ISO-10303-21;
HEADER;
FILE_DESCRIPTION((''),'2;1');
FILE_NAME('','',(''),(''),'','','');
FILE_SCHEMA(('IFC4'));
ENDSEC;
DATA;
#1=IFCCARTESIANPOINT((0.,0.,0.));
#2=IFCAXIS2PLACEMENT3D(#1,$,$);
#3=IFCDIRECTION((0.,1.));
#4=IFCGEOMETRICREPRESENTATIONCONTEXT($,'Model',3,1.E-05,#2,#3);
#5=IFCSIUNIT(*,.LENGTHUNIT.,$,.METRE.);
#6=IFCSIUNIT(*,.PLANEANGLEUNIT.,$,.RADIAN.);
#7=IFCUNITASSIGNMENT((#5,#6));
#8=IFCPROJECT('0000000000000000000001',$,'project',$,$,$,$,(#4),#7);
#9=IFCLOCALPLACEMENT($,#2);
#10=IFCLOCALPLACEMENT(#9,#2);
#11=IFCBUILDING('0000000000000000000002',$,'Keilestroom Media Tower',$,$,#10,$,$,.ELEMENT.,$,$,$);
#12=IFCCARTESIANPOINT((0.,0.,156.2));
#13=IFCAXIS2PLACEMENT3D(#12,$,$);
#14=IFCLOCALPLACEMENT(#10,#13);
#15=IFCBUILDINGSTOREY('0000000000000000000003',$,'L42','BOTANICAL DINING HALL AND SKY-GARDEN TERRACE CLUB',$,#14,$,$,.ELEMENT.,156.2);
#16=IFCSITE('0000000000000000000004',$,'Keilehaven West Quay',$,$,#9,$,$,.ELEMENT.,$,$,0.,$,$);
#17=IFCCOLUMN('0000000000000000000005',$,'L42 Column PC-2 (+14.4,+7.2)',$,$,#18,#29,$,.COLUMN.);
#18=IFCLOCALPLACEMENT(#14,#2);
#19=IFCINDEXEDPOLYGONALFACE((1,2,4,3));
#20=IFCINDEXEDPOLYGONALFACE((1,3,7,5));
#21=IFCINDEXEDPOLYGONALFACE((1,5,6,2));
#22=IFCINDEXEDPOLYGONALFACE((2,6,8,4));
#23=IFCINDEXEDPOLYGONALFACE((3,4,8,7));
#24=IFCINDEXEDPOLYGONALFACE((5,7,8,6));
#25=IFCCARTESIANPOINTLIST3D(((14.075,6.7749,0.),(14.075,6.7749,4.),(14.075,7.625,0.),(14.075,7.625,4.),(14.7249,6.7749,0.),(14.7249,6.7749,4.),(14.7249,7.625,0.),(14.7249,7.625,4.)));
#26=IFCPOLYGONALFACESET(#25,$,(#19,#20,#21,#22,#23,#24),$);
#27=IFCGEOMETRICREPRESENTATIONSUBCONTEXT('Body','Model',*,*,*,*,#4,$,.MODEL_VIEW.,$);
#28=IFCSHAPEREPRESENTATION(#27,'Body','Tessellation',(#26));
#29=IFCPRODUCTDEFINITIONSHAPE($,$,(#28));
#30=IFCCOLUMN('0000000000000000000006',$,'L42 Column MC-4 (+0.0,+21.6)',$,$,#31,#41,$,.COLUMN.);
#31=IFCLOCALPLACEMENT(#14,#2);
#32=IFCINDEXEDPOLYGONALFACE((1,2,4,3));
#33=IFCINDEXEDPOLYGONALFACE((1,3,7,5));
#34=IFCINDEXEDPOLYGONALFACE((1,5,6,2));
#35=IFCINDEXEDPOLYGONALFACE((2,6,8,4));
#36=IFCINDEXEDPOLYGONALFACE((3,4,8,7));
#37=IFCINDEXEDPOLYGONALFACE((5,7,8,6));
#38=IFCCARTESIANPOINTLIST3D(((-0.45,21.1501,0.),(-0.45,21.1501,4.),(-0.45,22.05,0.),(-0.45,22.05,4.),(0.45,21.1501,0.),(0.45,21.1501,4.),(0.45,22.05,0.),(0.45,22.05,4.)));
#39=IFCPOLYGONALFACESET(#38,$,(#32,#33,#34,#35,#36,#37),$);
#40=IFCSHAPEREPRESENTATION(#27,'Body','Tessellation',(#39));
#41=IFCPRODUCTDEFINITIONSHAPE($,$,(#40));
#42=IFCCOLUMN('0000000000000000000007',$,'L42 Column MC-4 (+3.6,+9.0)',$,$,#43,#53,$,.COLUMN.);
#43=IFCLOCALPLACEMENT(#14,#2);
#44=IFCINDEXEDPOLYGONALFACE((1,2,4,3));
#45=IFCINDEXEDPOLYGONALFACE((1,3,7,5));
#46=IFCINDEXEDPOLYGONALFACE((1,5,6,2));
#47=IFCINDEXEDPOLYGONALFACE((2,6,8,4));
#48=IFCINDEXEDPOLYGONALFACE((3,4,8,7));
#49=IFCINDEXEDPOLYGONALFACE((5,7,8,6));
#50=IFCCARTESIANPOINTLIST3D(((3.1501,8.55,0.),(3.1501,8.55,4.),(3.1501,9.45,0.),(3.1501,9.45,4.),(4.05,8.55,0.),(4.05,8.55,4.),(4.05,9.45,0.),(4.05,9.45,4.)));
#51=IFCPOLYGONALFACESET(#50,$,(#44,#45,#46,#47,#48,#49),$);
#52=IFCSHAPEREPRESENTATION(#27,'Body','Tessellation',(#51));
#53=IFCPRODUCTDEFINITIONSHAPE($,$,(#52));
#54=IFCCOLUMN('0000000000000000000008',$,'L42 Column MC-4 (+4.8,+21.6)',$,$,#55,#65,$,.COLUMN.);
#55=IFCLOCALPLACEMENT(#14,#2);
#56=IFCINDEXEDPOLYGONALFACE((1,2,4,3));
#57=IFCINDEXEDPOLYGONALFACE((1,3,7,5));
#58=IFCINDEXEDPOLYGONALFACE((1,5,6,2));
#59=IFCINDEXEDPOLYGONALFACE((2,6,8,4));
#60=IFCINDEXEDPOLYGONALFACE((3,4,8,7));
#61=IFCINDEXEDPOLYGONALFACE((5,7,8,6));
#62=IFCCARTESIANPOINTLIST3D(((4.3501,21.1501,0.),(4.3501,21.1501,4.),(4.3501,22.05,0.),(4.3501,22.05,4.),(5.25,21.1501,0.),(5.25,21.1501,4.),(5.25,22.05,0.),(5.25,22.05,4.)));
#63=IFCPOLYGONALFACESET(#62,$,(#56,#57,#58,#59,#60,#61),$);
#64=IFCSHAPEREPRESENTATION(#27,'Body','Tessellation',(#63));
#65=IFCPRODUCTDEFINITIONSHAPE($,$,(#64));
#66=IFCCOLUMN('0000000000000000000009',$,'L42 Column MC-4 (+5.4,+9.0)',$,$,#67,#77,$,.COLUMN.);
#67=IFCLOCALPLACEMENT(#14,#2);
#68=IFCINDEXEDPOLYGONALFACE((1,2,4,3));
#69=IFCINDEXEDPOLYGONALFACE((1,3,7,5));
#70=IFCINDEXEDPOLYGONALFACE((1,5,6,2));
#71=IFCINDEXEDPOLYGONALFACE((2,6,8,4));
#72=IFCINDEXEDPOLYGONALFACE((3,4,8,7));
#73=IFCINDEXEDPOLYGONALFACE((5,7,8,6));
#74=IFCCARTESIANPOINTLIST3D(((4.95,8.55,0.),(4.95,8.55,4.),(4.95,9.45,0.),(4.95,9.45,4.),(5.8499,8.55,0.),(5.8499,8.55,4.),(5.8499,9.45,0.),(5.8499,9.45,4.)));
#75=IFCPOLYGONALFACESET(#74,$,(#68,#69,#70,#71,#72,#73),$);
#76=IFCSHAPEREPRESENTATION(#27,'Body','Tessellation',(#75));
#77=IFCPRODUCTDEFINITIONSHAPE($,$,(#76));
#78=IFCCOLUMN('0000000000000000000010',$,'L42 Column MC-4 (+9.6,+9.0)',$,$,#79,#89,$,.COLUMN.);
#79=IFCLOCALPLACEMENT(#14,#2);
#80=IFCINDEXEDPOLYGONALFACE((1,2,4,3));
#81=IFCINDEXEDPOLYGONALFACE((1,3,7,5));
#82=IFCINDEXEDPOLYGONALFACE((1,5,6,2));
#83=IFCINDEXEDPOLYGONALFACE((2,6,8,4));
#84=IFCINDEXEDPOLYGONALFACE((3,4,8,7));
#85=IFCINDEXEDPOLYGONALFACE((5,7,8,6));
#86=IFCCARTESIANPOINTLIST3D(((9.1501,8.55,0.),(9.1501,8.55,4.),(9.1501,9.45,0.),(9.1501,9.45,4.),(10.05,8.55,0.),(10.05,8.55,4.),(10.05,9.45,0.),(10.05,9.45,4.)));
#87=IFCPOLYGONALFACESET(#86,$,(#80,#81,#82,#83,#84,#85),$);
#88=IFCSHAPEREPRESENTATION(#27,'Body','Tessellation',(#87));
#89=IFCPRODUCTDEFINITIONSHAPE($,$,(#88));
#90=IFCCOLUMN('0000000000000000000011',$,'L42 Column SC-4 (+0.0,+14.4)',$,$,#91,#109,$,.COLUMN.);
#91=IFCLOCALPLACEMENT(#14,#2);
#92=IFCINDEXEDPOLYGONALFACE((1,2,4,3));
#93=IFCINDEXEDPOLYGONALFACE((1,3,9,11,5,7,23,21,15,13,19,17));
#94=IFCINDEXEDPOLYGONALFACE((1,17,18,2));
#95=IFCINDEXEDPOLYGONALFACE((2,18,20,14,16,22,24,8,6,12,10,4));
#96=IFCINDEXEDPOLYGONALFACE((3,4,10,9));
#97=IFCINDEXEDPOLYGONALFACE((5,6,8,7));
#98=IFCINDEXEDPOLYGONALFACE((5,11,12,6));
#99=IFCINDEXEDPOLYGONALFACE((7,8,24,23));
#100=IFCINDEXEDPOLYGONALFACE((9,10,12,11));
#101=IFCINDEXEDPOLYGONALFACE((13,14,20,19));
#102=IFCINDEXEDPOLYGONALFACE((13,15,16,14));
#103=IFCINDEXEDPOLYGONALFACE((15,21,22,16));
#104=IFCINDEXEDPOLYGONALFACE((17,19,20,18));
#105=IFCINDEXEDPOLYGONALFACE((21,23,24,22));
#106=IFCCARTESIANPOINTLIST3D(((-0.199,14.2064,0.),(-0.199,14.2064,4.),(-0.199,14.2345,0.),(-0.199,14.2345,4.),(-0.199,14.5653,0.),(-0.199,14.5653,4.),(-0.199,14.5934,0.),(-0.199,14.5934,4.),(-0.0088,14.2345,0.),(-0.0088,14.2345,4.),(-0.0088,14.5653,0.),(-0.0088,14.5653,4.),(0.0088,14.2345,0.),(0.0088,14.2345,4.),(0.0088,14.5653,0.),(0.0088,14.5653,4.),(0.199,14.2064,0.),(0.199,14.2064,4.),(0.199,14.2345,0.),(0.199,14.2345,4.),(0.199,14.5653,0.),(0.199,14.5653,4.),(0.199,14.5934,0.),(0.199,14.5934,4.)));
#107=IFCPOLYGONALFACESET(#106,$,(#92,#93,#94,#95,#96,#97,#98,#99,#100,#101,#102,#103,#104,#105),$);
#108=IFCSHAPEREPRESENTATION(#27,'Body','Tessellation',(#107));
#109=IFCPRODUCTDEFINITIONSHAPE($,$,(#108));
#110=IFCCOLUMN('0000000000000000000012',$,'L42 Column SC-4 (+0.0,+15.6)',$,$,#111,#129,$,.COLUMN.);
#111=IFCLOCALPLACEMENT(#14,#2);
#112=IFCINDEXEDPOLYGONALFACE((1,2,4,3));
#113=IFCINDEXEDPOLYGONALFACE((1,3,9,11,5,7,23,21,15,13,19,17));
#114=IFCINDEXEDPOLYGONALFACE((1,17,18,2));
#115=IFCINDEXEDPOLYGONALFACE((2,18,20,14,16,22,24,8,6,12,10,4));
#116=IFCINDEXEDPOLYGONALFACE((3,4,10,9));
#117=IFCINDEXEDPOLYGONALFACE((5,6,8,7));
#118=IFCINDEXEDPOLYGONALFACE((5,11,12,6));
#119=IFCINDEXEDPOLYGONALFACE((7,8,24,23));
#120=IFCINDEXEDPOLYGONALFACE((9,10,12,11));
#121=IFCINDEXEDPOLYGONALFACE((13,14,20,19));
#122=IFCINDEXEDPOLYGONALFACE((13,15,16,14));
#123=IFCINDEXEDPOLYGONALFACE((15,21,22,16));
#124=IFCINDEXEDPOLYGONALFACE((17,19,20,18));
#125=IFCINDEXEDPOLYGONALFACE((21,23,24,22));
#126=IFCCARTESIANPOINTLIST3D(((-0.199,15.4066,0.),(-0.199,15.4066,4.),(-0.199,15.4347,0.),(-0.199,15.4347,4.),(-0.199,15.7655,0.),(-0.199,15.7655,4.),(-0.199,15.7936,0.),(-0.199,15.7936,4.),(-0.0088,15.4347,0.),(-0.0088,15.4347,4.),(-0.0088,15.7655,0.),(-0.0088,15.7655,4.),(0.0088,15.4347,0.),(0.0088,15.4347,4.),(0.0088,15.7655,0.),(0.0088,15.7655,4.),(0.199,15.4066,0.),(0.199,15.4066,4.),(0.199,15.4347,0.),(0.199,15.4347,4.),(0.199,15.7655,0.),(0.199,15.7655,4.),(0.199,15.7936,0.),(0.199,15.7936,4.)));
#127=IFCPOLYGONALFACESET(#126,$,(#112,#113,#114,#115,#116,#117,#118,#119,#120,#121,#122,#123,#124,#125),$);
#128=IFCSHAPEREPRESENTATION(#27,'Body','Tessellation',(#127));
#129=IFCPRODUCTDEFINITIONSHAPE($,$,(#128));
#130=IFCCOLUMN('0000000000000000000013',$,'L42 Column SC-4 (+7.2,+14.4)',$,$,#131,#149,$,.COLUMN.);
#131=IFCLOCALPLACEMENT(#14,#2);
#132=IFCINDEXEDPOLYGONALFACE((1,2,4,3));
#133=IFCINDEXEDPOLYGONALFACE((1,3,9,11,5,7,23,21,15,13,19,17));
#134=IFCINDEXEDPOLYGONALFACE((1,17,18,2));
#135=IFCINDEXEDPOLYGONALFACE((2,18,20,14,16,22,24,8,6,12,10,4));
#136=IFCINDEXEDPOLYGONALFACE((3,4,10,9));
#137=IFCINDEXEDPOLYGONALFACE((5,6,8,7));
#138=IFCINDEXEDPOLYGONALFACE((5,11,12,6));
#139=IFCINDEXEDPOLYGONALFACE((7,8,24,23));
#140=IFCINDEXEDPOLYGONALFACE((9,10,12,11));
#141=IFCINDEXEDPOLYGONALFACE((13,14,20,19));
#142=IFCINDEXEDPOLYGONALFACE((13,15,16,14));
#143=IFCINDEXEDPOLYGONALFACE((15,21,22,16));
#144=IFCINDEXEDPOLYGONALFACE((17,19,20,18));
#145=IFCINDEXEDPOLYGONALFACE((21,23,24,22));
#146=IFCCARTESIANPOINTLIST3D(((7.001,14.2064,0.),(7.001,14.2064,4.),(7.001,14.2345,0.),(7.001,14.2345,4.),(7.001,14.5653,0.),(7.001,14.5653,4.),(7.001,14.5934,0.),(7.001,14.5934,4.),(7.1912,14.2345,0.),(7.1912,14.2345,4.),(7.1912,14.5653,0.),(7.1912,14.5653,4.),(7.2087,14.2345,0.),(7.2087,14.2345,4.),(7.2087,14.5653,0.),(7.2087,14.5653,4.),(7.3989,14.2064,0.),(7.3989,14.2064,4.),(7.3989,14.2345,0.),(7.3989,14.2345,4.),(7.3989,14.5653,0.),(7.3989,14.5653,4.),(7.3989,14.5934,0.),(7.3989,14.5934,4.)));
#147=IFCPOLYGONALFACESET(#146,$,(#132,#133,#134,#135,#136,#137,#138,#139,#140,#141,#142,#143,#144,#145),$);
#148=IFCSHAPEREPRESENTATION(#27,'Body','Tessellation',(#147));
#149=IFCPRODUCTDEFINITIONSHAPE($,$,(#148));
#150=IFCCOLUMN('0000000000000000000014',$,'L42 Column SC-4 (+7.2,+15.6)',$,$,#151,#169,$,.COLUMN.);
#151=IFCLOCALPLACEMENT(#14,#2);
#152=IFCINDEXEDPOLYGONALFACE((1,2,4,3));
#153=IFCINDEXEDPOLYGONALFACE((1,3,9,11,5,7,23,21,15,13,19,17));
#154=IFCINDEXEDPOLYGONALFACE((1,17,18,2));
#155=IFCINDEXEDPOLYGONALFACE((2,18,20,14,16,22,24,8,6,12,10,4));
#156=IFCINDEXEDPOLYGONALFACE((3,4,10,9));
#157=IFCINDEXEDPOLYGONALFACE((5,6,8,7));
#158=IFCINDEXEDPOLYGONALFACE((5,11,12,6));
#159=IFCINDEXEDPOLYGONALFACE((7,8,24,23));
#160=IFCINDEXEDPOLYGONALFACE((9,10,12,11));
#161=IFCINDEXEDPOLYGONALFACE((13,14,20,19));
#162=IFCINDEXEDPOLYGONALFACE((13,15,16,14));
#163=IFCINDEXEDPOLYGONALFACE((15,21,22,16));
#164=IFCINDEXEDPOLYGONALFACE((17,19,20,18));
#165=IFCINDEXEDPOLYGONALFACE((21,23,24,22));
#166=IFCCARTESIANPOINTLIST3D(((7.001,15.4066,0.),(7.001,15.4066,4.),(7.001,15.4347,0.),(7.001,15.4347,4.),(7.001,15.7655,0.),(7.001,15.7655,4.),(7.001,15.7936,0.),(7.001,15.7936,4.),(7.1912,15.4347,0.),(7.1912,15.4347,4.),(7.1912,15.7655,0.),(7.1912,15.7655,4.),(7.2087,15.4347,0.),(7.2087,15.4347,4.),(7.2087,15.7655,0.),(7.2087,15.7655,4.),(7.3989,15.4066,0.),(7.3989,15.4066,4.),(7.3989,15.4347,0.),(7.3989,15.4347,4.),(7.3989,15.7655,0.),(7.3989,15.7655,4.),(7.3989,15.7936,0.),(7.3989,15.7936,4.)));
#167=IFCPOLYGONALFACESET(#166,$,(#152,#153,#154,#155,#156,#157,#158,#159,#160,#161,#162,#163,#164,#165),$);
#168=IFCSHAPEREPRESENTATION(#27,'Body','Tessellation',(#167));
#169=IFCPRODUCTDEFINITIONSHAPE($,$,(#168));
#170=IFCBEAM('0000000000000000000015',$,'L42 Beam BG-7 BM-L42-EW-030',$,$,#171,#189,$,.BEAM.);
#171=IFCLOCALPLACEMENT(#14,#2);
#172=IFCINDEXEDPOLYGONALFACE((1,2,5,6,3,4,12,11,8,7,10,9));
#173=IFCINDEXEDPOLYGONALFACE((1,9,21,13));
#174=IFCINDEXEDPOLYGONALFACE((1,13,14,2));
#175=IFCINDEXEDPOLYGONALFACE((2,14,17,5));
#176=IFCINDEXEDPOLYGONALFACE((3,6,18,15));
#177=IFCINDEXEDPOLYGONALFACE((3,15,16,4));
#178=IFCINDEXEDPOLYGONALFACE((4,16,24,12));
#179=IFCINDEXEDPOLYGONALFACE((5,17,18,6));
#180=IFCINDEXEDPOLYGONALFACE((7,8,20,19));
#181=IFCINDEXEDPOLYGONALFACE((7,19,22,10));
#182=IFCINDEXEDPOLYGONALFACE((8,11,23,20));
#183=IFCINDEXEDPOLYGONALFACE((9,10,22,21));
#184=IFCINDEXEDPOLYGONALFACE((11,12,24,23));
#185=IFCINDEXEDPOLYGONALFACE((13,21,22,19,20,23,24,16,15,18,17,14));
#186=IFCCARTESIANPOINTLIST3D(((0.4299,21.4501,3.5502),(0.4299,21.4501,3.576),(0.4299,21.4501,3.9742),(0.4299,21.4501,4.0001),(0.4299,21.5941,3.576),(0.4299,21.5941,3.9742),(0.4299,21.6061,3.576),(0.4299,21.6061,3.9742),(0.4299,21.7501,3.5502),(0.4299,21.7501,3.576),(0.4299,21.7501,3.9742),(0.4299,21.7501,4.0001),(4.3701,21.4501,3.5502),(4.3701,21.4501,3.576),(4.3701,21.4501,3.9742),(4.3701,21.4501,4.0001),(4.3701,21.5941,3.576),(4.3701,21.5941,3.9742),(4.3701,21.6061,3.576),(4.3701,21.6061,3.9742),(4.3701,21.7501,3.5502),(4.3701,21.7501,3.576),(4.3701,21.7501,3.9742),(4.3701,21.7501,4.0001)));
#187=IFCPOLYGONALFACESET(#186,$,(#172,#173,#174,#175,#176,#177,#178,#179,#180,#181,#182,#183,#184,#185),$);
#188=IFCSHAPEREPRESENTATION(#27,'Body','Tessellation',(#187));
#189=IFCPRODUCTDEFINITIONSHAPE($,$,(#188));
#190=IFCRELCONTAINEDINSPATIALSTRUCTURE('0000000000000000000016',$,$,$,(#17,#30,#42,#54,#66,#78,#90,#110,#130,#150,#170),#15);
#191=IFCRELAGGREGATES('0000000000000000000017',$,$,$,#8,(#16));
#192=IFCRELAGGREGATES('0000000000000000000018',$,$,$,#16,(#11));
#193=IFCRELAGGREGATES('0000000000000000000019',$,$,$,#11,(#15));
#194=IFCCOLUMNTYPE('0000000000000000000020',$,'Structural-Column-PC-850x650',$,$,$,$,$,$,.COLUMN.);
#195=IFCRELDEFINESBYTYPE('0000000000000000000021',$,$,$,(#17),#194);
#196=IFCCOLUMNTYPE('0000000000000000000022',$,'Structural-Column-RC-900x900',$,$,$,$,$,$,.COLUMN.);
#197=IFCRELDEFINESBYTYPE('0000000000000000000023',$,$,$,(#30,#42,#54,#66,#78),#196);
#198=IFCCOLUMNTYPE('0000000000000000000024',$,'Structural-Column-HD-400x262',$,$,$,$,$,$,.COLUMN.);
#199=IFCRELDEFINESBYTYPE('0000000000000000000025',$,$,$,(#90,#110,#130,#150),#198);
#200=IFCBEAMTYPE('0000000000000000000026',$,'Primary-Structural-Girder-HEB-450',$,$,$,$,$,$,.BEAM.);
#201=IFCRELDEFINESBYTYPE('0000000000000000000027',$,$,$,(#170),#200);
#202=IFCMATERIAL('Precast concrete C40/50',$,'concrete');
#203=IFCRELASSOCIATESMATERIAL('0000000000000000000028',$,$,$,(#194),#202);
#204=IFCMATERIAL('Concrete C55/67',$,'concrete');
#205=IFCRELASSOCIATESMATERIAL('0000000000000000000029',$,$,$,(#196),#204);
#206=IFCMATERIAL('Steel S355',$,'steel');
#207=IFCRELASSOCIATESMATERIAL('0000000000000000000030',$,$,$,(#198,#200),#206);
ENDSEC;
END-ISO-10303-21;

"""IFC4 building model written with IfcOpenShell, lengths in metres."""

from ifc_helpers import new_model, si_unit, direction, frame, origin, origin_2d, place, context, subcontext, project, spatial, rectangle, i_section, extrude, source, transform, mapped, material, material_profile, profile_set, type_object, element, save


model = new_model("IFC4")

# Units and contexts
model_context = context("Model", 3, precision=1e-05, world=origin(), true_north=direction((0.0, 1.0)))
body_context = subcontext(model_context, "Body", "Model", "MODEL_VIEW")
ifc_project = project(units=[si_unit("LENGTHUNIT", "METRE"), si_unit("PLANEANGLEUNIT", "RADIAN")], contexts=[model_context])

# Site, building, storey
site_placement = place(None, origin())
site = spatial("IfcSite", under=ifc_project, at=site_placement, Name="Keilehaven West Quay", CompositionType="ELEMENT", RefElevation=0.0)
building_placement = place(site_placement, origin())
building = spatial("IfcBuilding", under=site, at=building_placement, Name="Keilestroom Media Tower", CompositionType="ELEMENT")
storey_placement = place(building_placement, frame((0.0, 0.0, 156.2)))
storey = spatial("IfcBuildingStorey", under=building, at=storey_placement, Name="L42", Description="BOTANICAL DINING HALL AND SKY-GARDEN TERRACE CLUB", CompositionType="ELEMENT", Elevation=156.2)

# Columns
ifc_material_1 = material(Name="Precast concrete C40/50", Category="concrete")
ifc_material_profile_1 = material_profile(ifc_material_1, rectangle(XDim=0.6499, YDim=0.8501, at=origin_2d()), Name="PC 850x650")
ifc_profile_set_1 = profile_set([ifc_material_profile_1], Name="Precast concrete C40/50")
column_type_1 = type_object("IfcColumnType", Name="Structural-Column-PC-850x650", PredefinedType="COLUMN", material=ifc_profile_set_1)
shared_shape_1 = source(origin(), body_context, "Body", "SweptSolid", [
    extrude(rectangle(XDim=0.6499, YDim=0.8501, at=origin_2d()), origin(), (0.0, 0.0, 1.0), 4.0),
])
column_placement = place(storey_placement, frame((14.3999, 7.2, 0.0), z_axis=(0.0, 0.0, 1.0), x_axis=(1.0, 0.0, 0.0)))
element("IfcColumn", 1, at=column_placement, inside=storey, type_object=column_type_1, Name="L42 Column PC-2 (+14.4,+7.2)", PredefinedType="COLUMN", context=body_context, shape_type="MappedRepresentation", body=[
    mapped(shared_shape_1, transform((0.0, 0.0, 0.0), x_axis=(1.0, 0.0, 0.0), y_axis=(0.0, 1.0, 0.0), z_axis=(0.0, 0.0, 1.0), scale=1.0)),
])
ifc_material_2 = material(Name="Concrete C55/67", Category="concrete")
ifc_material_profile_2 = material_profile(ifc_material_2, rectangle(XDim=0.8999, YDim=0.8999, at=origin_2d()), Name="RC 900x900")
ifc_profile_set_2 = profile_set([ifc_material_profile_2], Name="Concrete C55/67")
column_type_2 = type_object("IfcColumnType", Name="Structural-Column-RC-900x900", PredefinedType="COLUMN", material=ifc_profile_set_2)
shared_shape_2 = source(origin(), body_context, "Body", "SweptSolid", [
    extrude(rectangle(XDim=0.8999, YDim=0.8999, at=origin_2d()), origin(), (0.0, 0.0, 1.0), 4.0),
])
for number, where, z_axis, x_axis, name in (
    (2, (0.0, 21.6001, 0.0), (0.0, 0.0, 1.0), (1.0, 0.0, 0.0), "L42 Column MC-4 (+0.0,+21.6)"),
    (3, (3.6001, 9.0, 0.0), (0.0, 0.0, 1.0), (1.0, 0.0, 0.0), "L42 Column MC-4 (+3.6,+9.0)"),
    (4, (4.8, 21.6001, 0.0), (0.0, 0.0, 1.0), (1.0, 0.0, 0.0), "L42 Column MC-4 (+4.8,+21.6)"),
    (5, (5.3999, 9.0, 0.0), (0.0, 0.0, 1.0), (1.0, 0.0, 0.0), "L42 Column MC-4 (+5.4,+9.0)"),
    (6, (9.6001, 9.0, 0.0), (0.0, 0.0, 1.0), (1.0, 0.0, 0.0), "L42 Column MC-4 (+9.6,+9.0)"),
):
    element("IfcColumn", number, at=place(storey_placement, frame(where, z_axis=z_axis, x_axis=x_axis)), inside=storey, type_object=column_type_2, Name=name, PredefinedType="COLUMN", context=body_context, shape_type="MappedRepresentation", body=[
        mapped(shared_shape_2, transform((0.0, 0.0, 0.0), x_axis=(1.0, 0.0, 0.0), y_axis=(0.0, 1.0, 0.0), z_axis=(0.0, 0.0, 1.0), scale=1.0)),
    ])
ifc_material_3 = material(Name="Steel S355", Category="steel")
ifc_material_profile_3 = material_profile(ifc_material_3, i_section(OverallWidth=0.3979, OverallDepth=0.387, WebThickness=0.0176, FlangeThickness=0.0281, at=origin_2d()), Name="HD 400x262")
ifc_profile_set_3 = profile_set([ifc_material_profile_3], Name="Steel S355")
column_type_3 = type_object("IfcColumnType", Name="Structural-Column-HD-400x262", PredefinedType="COLUMN", material=ifc_profile_set_3)
shared_shape_3 = source(origin(), body_context, "Body", "SweptSolid", [
    extrude(i_section(OverallWidth=0.3979, OverallDepth=0.387, WebThickness=0.0176, FlangeThickness=0.0281, at=origin_2d()), origin(), (0.0, 0.0, 1.0), 4.0),
])
for number, where, z_axis, x_axis, name in (
    (7, (0.0, 14.3999, 0.0), (0.0, 0.0, 1.0), (1.0, 0.0, 0.0), "L42 Column SC-4 (+0.0,+14.4)"),
    (8, (0.0, 15.6001, 0.0), (0.0, 0.0, 1.0), (1.0, 0.0, 0.0), "L42 Column SC-4 (+0.0,+15.6)"),
    (9, (7.2, 14.3999, 0.0), (0.0, 0.0, 1.0), (1.0, 0.0, 0.0), "L42 Column SC-4 (+7.2,+14.4)"),
    (10, (7.2, 15.6001, 0.0), (0.0, 0.0, 1.0), (1.0, 0.0, 0.0), "L42 Column SC-4 (+7.2,+15.6)"),
):
    element("IfcColumn", number, at=place(storey_placement, frame(where, z_axis=z_axis, x_axis=x_axis)), inside=storey, type_object=column_type_3, Name=name, PredefinedType="COLUMN", context=body_context, shape_type="MappedRepresentation", body=[
        mapped(shared_shape_3, transform((0.0, 0.0, 0.0), x_axis=(1.0, 0.0, 0.0), y_axis=(0.0, 1.0, 0.0), z_axis=(0.0, 0.0, 1.0), scale=1.0)),
    ])

# Beam
ifc_material_profile_4 = material_profile(ifc_material_3, i_section(OverallWidth=0.3, OverallDepth=0.45, WebThickness=0.012, FlangeThickness=0.0259, at=origin_2d()), Name="HEB 450")
ifc_profile_set_4 = profile_set([ifc_material_profile_4], Name="Steel S355")
beam_type_1 = type_object("IfcBeamType", Name="Primary-Structural-Girder-HEB-450", PredefinedType="BEAM", material=ifc_profile_set_4)
shared_shape_4 = source(origin(), body_context, "Body", "SweptSolid", [
    extrude(i_section(OverallWidth=0.3, OverallDepth=0.45, WebThickness=0.012, FlangeThickness=0.0259, at=origin_2d()), origin(), (0.0, 0.0, 1.0), 3.9402),
])
beam_1_placement = place(storey_placement, frame((0.4299, 21.6001, 3.7751), z_axis=(1.0, 0.0, 0.0), x_axis=(0.0, 1.0, 0.0)))
element("IfcBeam", 11, at=beam_1_placement, inside=storey, type_object=beam_type_1, Name="L42 Beam BG-7 BM-L42-EW-030", PredefinedType="BEAM", context=body_context, shape_type="MappedRepresentation", body=[
    mapped(shared_shape_4, transform((0.0, 0.0, 0.0), x_axis=(1.0, 0.0, 0.0), y_axis=(0.0, 1.0, 0.0), z_axis=(0.0, 0.0, 1.0), scale=1.0)),
])

save(model, "model.ifc")
